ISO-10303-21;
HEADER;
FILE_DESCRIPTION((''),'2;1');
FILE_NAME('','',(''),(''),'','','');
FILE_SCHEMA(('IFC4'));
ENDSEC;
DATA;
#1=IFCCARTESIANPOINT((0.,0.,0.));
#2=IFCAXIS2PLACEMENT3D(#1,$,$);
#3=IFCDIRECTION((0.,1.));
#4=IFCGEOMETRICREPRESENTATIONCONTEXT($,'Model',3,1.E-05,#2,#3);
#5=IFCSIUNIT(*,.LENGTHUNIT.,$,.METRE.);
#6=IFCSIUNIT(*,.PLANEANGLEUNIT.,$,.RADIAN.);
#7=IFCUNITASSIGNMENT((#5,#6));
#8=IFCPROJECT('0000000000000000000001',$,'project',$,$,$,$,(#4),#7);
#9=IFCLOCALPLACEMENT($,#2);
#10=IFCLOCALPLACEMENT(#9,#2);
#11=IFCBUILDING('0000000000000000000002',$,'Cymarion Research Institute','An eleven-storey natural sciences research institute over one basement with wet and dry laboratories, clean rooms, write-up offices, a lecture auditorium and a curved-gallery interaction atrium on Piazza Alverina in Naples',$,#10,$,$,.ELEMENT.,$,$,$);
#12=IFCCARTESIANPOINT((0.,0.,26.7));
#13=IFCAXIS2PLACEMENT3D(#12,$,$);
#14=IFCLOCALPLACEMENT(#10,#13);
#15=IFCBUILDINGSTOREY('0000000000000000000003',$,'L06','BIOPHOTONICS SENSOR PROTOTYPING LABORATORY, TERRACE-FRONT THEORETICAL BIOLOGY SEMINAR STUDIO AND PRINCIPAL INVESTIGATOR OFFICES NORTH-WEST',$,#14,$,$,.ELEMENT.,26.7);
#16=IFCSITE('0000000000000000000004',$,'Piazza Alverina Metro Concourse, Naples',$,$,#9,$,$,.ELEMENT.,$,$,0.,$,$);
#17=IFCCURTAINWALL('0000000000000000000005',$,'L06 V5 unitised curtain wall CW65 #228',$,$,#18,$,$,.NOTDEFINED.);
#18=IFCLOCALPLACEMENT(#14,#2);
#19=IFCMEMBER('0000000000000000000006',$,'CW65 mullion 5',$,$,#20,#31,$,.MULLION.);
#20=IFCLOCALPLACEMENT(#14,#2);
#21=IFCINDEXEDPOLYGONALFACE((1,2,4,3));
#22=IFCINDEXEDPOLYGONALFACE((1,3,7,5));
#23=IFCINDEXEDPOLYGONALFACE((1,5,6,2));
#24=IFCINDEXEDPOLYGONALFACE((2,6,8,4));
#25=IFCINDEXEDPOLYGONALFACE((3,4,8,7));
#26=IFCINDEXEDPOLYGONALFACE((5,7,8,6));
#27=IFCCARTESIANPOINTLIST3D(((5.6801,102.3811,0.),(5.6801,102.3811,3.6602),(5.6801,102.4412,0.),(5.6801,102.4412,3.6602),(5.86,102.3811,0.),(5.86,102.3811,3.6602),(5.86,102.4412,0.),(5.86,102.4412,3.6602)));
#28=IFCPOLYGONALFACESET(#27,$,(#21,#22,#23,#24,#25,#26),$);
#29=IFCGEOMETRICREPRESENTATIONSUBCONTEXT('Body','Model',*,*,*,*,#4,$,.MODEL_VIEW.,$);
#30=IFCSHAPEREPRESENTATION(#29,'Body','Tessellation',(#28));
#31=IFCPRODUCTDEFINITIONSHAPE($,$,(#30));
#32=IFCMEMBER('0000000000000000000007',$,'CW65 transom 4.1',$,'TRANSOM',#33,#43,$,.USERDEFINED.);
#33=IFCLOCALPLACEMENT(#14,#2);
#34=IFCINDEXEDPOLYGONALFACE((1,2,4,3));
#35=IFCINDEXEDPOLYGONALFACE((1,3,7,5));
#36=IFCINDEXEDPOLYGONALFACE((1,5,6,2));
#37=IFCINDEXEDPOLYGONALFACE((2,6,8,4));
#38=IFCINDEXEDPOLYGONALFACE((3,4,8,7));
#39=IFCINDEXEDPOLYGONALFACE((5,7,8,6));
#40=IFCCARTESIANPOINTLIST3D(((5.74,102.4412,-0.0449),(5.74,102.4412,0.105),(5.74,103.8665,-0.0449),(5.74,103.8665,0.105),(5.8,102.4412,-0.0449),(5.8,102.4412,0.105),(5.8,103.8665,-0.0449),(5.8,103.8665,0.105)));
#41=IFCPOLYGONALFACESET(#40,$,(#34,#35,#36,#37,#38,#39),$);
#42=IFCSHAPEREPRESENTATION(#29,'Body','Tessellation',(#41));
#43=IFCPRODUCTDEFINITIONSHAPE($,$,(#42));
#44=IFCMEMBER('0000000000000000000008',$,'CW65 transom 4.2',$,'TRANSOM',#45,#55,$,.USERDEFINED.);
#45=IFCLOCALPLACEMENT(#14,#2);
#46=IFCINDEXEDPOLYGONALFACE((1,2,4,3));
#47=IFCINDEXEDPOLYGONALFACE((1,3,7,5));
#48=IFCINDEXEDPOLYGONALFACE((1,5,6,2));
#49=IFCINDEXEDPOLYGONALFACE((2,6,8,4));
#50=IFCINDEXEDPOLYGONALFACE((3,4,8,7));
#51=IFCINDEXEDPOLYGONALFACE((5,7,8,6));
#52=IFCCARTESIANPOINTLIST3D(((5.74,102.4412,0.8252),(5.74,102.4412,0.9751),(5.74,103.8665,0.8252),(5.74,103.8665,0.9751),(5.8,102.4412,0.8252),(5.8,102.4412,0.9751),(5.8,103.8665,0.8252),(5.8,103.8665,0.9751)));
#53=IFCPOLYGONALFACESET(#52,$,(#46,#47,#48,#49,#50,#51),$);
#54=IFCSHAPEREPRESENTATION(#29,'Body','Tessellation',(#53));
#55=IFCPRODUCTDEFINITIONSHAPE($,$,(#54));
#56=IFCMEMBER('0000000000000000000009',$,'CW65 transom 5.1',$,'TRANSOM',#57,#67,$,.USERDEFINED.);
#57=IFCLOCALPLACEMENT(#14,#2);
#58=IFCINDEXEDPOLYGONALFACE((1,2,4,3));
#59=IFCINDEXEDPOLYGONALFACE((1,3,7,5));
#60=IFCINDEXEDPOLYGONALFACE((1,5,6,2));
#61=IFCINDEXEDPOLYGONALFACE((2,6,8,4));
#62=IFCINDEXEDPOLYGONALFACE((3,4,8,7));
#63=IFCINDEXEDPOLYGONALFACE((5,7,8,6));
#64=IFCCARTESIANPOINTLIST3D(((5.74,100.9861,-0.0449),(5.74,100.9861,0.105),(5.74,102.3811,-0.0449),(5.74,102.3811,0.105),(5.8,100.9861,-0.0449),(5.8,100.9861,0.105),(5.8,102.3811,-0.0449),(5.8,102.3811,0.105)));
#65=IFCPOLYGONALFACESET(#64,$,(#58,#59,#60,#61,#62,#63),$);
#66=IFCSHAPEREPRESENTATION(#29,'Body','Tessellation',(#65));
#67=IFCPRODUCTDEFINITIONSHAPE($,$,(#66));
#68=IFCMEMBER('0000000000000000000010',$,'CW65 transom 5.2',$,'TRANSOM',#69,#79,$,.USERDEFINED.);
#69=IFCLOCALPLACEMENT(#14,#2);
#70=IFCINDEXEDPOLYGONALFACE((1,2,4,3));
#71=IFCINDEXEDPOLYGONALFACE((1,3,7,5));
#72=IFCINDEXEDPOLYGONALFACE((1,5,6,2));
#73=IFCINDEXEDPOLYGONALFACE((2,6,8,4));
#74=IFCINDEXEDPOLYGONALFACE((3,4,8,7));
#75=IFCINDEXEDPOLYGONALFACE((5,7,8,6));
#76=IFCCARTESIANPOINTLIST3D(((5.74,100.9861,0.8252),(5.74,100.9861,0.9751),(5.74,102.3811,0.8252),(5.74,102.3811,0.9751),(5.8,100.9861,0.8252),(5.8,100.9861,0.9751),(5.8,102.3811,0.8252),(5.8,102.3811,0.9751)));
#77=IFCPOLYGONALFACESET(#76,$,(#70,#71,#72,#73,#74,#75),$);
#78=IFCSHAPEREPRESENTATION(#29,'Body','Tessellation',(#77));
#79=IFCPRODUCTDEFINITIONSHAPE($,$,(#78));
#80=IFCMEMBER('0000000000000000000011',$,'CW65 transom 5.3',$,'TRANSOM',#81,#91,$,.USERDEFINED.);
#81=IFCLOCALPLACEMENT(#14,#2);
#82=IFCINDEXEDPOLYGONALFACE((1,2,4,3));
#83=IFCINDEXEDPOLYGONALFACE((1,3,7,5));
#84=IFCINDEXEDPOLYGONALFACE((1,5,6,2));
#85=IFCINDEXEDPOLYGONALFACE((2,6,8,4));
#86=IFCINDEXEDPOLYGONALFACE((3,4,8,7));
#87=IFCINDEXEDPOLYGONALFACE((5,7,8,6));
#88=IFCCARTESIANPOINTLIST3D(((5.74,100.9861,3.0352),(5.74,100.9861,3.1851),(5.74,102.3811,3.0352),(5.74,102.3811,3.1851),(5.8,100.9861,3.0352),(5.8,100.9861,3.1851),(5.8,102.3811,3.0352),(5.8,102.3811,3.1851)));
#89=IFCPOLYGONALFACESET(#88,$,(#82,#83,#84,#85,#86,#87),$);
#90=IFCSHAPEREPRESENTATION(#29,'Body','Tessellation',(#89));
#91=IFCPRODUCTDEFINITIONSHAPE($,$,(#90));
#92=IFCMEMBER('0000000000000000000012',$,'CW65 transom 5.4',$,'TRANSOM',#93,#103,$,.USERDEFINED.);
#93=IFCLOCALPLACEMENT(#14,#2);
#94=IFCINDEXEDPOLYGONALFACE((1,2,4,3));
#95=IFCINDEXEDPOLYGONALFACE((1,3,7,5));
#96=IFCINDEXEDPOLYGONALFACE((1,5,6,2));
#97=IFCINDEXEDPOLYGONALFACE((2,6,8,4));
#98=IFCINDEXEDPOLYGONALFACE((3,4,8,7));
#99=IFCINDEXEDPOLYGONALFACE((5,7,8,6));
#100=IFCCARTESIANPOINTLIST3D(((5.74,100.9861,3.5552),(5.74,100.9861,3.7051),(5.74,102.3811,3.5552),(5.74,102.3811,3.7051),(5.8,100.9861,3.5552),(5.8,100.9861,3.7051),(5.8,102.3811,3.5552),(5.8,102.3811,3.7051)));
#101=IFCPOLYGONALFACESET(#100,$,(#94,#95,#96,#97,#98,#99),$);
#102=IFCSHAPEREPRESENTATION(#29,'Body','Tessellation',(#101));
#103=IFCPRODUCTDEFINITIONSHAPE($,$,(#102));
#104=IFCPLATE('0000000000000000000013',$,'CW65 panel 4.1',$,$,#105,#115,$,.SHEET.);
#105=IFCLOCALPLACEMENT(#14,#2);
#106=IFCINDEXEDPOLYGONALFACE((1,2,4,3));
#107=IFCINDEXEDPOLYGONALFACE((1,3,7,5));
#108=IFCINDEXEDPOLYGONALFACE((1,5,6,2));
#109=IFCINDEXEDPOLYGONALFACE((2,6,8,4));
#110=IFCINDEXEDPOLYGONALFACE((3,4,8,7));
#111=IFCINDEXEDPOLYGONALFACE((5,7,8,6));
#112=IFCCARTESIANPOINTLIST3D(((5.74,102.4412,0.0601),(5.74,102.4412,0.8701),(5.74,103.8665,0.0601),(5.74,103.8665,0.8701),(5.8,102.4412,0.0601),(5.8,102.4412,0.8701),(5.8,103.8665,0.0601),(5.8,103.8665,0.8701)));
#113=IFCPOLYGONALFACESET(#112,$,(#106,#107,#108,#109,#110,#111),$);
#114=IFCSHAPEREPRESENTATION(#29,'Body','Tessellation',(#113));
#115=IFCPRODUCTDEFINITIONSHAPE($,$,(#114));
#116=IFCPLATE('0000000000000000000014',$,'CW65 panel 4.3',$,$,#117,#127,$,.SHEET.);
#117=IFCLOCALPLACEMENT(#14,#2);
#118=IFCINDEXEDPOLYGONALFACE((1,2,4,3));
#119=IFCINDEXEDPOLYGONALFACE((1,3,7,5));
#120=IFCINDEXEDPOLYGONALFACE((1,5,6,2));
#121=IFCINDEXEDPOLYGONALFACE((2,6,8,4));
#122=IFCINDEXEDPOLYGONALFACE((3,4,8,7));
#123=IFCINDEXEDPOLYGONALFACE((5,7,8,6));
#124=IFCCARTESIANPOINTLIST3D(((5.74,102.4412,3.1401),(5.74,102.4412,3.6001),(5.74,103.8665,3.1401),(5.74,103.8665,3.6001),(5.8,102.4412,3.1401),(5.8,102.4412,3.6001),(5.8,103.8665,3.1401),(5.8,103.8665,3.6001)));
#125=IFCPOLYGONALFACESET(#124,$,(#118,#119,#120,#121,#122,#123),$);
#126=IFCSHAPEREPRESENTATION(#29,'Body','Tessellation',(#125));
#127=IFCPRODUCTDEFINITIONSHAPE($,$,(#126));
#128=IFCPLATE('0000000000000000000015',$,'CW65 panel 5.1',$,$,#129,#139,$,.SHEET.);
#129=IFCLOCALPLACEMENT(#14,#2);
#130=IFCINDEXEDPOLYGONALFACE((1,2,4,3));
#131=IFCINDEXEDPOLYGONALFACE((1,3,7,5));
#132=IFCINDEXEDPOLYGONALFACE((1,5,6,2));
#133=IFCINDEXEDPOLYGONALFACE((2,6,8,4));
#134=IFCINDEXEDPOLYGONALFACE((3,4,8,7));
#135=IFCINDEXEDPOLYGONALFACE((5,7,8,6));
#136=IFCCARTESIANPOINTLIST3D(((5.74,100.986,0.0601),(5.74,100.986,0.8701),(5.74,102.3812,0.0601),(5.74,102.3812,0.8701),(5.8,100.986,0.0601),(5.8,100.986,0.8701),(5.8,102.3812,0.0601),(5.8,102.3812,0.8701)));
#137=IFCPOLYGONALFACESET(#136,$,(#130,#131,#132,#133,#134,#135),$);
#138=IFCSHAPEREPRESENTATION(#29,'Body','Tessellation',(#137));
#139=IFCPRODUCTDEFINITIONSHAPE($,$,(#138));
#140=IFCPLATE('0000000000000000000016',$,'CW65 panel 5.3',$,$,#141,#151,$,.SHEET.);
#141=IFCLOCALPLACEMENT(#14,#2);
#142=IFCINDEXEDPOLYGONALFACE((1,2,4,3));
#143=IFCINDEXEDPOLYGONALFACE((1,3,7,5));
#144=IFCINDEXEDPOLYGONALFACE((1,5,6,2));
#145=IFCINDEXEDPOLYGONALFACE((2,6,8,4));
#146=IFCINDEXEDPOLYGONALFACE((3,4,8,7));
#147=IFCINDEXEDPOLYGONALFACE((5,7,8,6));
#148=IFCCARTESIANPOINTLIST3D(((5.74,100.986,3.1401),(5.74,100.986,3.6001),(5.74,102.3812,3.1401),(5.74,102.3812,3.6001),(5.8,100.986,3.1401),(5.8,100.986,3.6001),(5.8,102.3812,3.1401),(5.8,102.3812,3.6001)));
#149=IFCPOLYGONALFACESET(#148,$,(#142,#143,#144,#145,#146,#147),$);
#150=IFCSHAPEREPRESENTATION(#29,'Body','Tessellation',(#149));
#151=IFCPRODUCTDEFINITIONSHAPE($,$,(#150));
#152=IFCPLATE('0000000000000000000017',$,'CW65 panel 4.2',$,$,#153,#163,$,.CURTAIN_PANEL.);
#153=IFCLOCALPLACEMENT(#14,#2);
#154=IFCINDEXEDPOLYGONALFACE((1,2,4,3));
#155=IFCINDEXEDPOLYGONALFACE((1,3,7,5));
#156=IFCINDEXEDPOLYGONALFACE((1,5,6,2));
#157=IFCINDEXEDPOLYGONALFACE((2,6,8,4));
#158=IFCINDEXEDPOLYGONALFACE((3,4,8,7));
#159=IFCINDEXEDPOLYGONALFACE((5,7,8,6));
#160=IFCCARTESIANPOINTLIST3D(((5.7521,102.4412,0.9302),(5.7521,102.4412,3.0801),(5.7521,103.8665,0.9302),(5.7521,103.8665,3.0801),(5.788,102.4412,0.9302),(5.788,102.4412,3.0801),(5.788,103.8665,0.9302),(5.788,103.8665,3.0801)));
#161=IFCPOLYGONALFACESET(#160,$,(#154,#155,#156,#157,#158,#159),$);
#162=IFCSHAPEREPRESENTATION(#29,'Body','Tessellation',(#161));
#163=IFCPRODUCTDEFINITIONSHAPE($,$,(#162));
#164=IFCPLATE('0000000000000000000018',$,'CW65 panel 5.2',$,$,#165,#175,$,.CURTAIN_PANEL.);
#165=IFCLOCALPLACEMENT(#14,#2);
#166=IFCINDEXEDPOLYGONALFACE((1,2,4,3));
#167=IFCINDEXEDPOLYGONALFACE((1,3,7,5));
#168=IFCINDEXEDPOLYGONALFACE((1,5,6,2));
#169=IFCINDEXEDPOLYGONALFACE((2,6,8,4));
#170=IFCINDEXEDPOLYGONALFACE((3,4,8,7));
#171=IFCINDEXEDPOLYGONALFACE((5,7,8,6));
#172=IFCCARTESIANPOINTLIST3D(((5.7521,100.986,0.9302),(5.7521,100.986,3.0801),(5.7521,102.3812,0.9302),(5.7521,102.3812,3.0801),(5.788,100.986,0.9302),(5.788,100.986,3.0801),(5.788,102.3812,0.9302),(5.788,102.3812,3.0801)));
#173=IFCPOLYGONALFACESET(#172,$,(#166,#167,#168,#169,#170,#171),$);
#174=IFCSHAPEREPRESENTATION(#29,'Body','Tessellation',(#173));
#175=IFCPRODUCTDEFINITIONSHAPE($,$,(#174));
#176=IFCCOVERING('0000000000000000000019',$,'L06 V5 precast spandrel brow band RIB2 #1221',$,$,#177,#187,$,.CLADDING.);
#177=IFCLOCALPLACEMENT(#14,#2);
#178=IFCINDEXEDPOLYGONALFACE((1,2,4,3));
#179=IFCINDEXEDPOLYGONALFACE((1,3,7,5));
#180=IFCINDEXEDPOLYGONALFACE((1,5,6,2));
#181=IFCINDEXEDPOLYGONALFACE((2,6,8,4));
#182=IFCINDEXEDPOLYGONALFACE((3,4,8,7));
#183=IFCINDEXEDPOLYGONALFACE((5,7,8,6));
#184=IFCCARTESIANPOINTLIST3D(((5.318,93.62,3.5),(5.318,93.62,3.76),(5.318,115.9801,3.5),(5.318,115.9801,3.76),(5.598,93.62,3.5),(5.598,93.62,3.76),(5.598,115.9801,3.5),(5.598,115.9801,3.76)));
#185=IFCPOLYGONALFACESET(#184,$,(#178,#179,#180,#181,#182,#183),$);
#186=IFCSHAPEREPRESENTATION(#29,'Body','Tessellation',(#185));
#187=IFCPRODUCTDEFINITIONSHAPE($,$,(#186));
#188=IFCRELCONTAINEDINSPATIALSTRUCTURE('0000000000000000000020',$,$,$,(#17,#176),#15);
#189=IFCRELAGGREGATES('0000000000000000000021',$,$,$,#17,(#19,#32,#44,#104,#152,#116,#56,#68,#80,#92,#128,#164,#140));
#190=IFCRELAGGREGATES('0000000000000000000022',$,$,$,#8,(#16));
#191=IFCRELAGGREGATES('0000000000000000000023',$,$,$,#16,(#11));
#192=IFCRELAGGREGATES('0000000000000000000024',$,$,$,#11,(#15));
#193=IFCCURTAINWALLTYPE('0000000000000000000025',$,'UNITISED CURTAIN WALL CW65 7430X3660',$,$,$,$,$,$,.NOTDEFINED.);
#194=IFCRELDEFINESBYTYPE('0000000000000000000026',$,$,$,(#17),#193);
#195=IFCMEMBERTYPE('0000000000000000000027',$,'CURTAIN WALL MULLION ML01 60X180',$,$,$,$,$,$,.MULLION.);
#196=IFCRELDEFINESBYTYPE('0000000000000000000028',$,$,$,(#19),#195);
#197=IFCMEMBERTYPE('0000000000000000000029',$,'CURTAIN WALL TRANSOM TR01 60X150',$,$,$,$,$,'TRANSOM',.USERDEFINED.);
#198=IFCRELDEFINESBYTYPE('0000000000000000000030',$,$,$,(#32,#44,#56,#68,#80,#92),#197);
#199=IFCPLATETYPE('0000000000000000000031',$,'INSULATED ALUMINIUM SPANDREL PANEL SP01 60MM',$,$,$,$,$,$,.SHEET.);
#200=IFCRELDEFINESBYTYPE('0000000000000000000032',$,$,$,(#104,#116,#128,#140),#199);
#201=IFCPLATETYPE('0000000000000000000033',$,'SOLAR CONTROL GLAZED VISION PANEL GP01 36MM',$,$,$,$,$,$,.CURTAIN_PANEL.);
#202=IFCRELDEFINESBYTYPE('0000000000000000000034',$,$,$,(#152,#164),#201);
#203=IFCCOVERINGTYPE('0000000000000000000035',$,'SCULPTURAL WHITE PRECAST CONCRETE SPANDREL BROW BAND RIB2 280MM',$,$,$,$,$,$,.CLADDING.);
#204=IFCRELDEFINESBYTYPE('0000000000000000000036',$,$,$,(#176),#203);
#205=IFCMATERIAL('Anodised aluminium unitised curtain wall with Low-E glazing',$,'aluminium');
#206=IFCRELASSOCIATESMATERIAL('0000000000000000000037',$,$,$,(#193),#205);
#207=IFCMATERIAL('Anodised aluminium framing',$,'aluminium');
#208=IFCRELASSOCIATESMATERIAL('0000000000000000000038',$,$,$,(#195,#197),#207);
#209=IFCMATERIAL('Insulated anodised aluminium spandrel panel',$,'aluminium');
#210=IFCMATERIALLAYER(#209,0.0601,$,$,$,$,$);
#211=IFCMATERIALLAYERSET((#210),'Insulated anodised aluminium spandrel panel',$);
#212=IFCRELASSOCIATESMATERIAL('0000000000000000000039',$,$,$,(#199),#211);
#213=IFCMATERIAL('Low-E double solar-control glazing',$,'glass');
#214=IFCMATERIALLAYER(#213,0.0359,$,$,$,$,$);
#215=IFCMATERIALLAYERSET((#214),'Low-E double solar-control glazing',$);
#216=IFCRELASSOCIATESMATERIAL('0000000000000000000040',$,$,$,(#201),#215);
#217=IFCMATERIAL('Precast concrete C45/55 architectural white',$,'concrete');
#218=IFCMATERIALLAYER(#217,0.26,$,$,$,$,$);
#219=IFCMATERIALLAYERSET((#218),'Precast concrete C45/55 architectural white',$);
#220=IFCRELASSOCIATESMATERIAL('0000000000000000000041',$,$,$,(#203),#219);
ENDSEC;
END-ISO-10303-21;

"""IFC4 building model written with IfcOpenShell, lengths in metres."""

from ifc_helpers import new_model, si_unit, direction, frame, origin, origin_2d, place, context, subcontext, project, spatial, rectangle, extrude, material, layer, layer_set, material_profile, profile_set, type_object, element, aggregate, save


model = new_model("IFC4")

# Units and contexts
model_context = context("Model", 3, precision=1e-05, world=origin(), true_north=direction((0.0, 1.0)))
body_context = subcontext(model_context, "Body", "Model", "MODEL_VIEW")
ifc_project = project(units=[si_unit("LENGTHUNIT", "METRE"), si_unit("PLANEANGLEUNIT", "RADIAN")], contexts=[model_context])

# Site, building, storey
site_placement = place(None, origin())
site = spatial("IfcSite", under=ifc_project, at=site_placement, Name="Piazza Alverina Metro Concourse, Naples", CompositionType="ELEMENT", RefElevation=0.0)
building_placement = place(site_placement, origin())
building = spatial("IfcBuilding", under=site, at=building_placement, Name="Cymarion Research Institute", Description="An eleven-storey natural sciences research institute over one basement with wet and dry laboratories, clean rooms, write-up offices, a lecture auditorium and a curved-gallery interaction atrium on Piazza Alverina in Naples", CompositionType="ELEMENT")
storey_placement = place(building_placement, frame((0.0, 0.0, 26.7)))
storey = spatial("IfcBuildingStorey", under=building, at=storey_placement, Name="L06", Description="BIOPHOTONICS SENSOR PROTOTYPING LABORATORY, TERRACE-FRONT THEORETICAL BIOLOGY SEMINAR STUDIO AND PRINCIPAL INVESTIGATOR OFFICES NORTH-WEST", CompositionType="ELEMENT", Elevation=26.7)

# Curtain wall, members, plates
ifc_material_1 = material(Name="Anodised aluminium unitised curtain wall with Low-E glazing", Category="aluminium")
curtain_wall_type = type_object("IfcCurtainWallType", Name="UNITISED CURTAIN WALL CW65 7430X3660", PredefinedType="NOTDEFINED", material=ifc_material_1)
curtain_wall_placement = place(storey_placement, origin())
curtain_wall = element("IfcCurtainWall", 1, at=curtain_wall_placement, inside=storey, type_object=curtain_wall_type, Name="L06 V5 unitised curtain wall CW65 #228", PredefinedType="NOTDEFINED")
ifc_material_2 = material(Name="Anodised aluminium framing", Category="aluminium")
ifc_material_profile_1 = material_profile(ifc_material_2, rectangle(XDim=0.0601, YDim=0.1799, at=origin_2d()), Name="ALU MULLION 60x180")
ifc_profile_set_1 = profile_set([ifc_material_profile_1], Name="Anodised aluminium framing")
member_type_1 = type_object("IfcMemberType", Name="CURTAIN WALL MULLION ML01 60X180", PredefinedType="MULLION", material=ifc_profile_set_1)
member_1_placement = place(storey_placement, frame((5.77, 102.4111, 0.0), z_axis=(0.0, 0.0, 1.0), x_axis=(0.0, -1.0, 0.0)))
member_1 = element("IfcMember", 2, at=member_1_placement, type_object=member_type_1, Name="CW65 mullion 5", PredefinedType="MULLION", context=body_context, shape_type="SweptSolid", body=[
    extrude(rectangle(XDim=0.0601, YDim=0.1799, at=origin_2d()), origin(), (0.0, 0.0, 1.0), 3.6602),
])
ifc_material_profile_2 = material_profile(ifc_material_2, rectangle(XDim=0.0601, YDim=0.1499, at=origin_2d()), Name="ALU TRANSOM 60x150")
ifc_profile_set_2 = profile_set([ifc_material_profile_2], Name="Anodised aluminium framing")
member_type_2 = type_object("IfcMemberType", Name="CURTAIN WALL TRANSOM TR01 60X150", ElementType="TRANSOM", PredefinedType="USERDEFINED", material=ifc_profile_set_2)
member_2_placement = place(storey_placement, frame((5.77, 103.8665, 0.03), z_axis=(0.0, -1.0, 0.0), x_axis=(1.0, 0.0, 0.0)))
member_2 = element("IfcMember", 3, at=member_2_placement, type_object=member_type_2, Name="CW65 transom 4.1", ObjectType="TRANSOM", PredefinedType="USERDEFINED", context=body_context, shape_type="SweptSolid", body=[
    extrude(rectangle(XDim=0.0601, YDim=0.1499, at=origin_2d()), origin(), (0.0, 0.0, 1.0), 1.4253),
])
member_3_placement = place(storey_placement, frame((5.77, 103.8665, 0.9001), z_axis=(0.0, -1.0, 0.0), x_axis=(1.0, 0.0, 0.0)))
member_3 = element("IfcMember", 4, at=member_3_placement, type_object=member_type_2, Name="CW65 transom 4.2", ObjectType="TRANSOM", PredefinedType="USERDEFINED", context=body_context, shape_type="SweptSolid", body=[
    extrude(rectangle(XDim=0.0601, YDim=0.1499, at=origin_2d()), origin(), (0.0, 0.0, 1.0), 1.4253),
])
member_4_placement = place(storey_placement, frame((5.77, 102.3811, 0.03), z_axis=(0.0, -1.0, 0.0), x_axis=(1.0, 0.0, 0.0)))
member_4 = element("IfcMember", 5, at=member_4_placement, type_object=member_type_2, Name="CW65 transom 5.1", ObjectType="TRANSOM", PredefinedType="USERDEFINED", context=body_context, shape_type="SweptSolid", body=[
    extrude(rectangle(XDim=0.0601, YDim=0.1499, at=origin_2d()), origin(), (0.0, 0.0, 1.0), 1.395),
])
member_5_placement = place(storey_placement, frame((5.77, 102.3811, 0.9001), z_axis=(0.0, -1.0, 0.0), x_axis=(1.0, 0.0, 0.0)))
member_5 = element("IfcMember", 6, at=member_5_placement, type_object=member_type_2, Name="CW65 transom 5.2", ObjectType="TRANSOM", PredefinedType="USERDEFINED", context=body_context, shape_type="SweptSolid", body=[
    extrude(rectangle(XDim=0.0601, YDim=0.1499, at=origin_2d()), origin(), (0.0, 0.0, 1.0), 1.395),
])
member_6_placement = place(storey_placement, frame((5.77, 102.3811, 3.1101), z_axis=(0.0, -1.0, 0.0), x_axis=(1.0, 0.0, 0.0)))
member_6 = element("IfcMember", 7, at=member_6_placement, type_object=member_type_2, Name="CW65 transom 5.3", ObjectType="TRANSOM", PredefinedType="USERDEFINED", context=body_context, shape_type="SweptSolid", body=[
    extrude(rectangle(XDim=0.0601, YDim=0.1499, at=origin_2d()), origin(), (0.0, 0.0, 1.0), 1.395),
])
member_7_placement = place(storey_placement, frame((5.77, 102.3811, 3.6301), z_axis=(0.0, -1.0, 0.0), x_axis=(1.0, 0.0, 0.0)))
member_7 = element("IfcMember", 8, at=member_7_placement, type_object=member_type_2, Name="CW65 transom 5.4", ObjectType="TRANSOM", PredefinedType="USERDEFINED", context=body_context, shape_type="SweptSolid", body=[
    extrude(rectangle(XDim=0.0601, YDim=0.1499, at=origin_2d()), origin(), (0.0, 0.0, 1.0), 1.395),
])
ifc_material_3 = material(Name="Insulated anodised aluminium spandrel panel", Category="aluminium")
ifc_layer_1 = layer(ifc_material_3, 0.0601)
ifc_layer_set_1 = layer_set([ifc_layer_1], Name="Insulated anodised aluminium spandrel panel")
plate_type_1 = type_object("IfcPlateType", Name="INSULATED ALUMINIUM SPANDREL PANEL SP01 60MM", PredefinedType="SHEET", material=ifc_layer_set_1)
plate_1_placement = place(storey_placement, frame((5.77, 103.1538, 0.0601), z_axis=(0.0, 0.0, 1.0), x_axis=(0.0, -1.0, 0.0)))
plate_1 = element("IfcPlate", 9, at=plate_1_placement, type_object=plate_type_1, Name="CW65 panel 4.1", PredefinedType="SHEET", context=body_context, shape_type="SweptSolid", body=[
    extrude(rectangle(XDim=1.4253, YDim=0.0601, at=origin_2d()), origin(), (0.0, 0.0, 1.0), 0.8101),
])
plate_2_placement = place(storey_placement, frame((5.77, 103.1538, 3.1401), z_axis=(0.0, 0.0, 1.0), x_axis=(0.0, -1.0, 0.0)))
plate_2 = element("IfcPlate", 10, at=plate_2_placement, type_object=plate_type_1, Name="CW65 panel 4.3", PredefinedType="SHEET", context=body_context, shape_type="SweptSolid", body=[
    extrude(rectangle(XDim=1.4253, YDim=0.0601, at=origin_2d()), origin(), (0.0, 0.0, 1.0), 0.46),
])
plate_3_placement = place(storey_placement, frame((5.77, 101.6836, 0.0601), z_axis=(0.0, 0.0, 1.0), x_axis=(0.0, -1.0, 0.0)))
plate_3 = element("IfcPlate", 11, at=plate_3_placement, type_object=plate_type_1, Name="CW65 panel 5.1", PredefinedType="SHEET", context=body_context, shape_type="SweptSolid", body=[
    extrude(rectangle(XDim=1.3953, YDim=0.0601, at=origin_2d()), origin(), (0.0, 0.0, 1.0), 0.8101),
])
plate_4_placement = place(storey_placement, frame((5.77, 101.6836, 3.1401), z_axis=(0.0, 0.0, 1.0), x_axis=(0.0, -1.0, 0.0)))
plate_4 = element("IfcPlate", 12, at=plate_4_placement, type_object=plate_type_1, Name="CW65 panel 5.3", PredefinedType="SHEET", context=body_context, shape_type="SweptSolid", body=[
    extrude(rectangle(XDim=1.3953, YDim=0.0601, at=origin_2d()), origin(), (0.0, 0.0, 1.0), 0.46),
])
ifc_material_4 = material(Name="Low-E double solar-control glazing", Category="glass")
ifc_layer_2 = layer(ifc_material_4, 0.0359)
ifc_layer_set_2 = layer_set([ifc_layer_2], Name="Low-E double solar-control glazing")
plate_type_2 = type_object("IfcPlateType", Name="SOLAR CONTROL GLAZED VISION PANEL GP01 36MM", PredefinedType="CURTAIN_PANEL", material=ifc_layer_set_2)
plate_5_placement = place(storey_placement, frame((5.77, 103.1538, 0.9302), z_axis=(0.0, 0.0, 1.0), x_axis=(0.0, -1.0, 0.0)))
plate_5 = element("IfcPlate", 13, at=plate_5_placement, type_object=plate_type_2, Name="CW65 panel 4.2", PredefinedType="CURTAIN_PANEL", context=body_context, shape_type="SweptSolid", body=[
    extrude(rectangle(XDim=1.4253, YDim=0.0359, at=origin_2d()), origin(), (0.0, 0.0, 1.0), 2.1499),
])
plate_6_placement = place(storey_placement, frame((5.77, 101.6836, 0.9302), z_axis=(0.0, 0.0, 1.0), x_axis=(0.0, -1.0, 0.0)))
plate_6 = element("IfcPlate", 14, at=plate_6_placement, type_object=plate_type_2, Name="CW65 panel 5.2", PredefinedType="CURTAIN_PANEL", context=body_context, shape_type="SweptSolid", body=[
    extrude(rectangle(XDim=1.3953, YDim=0.0359, at=origin_2d()), origin(), (0.0, 0.0, 1.0), 2.1499),
])
aggregate(curtain_wall, [member_1, member_2, member_3, plate_1, plate_5, plate_2, member_4, member_5, member_6, member_7, plate_3, plate_6, plate_4])

# Covering
ifc_material_5 = material(Name="Precast concrete C45/55 architectural white", Category="concrete")
ifc_layer_3 = layer(ifc_material_5, 0.26)
ifc_layer_set_3 = layer_set([ifc_layer_3], Name="Precast concrete C45/55 architectural white")
covering_type_1 = type_object("IfcCoveringType", Name="SCULPTURAL WHITE PRECAST CONCRETE SPANDREL BROW BAND RIB2 280MM", PredefinedType="CLADDING", material=ifc_layer_set_3)
covering_placement = place(storey_placement, frame((5.458, 104.8, 3.5), z_axis=(0.0, 0.0, 1.0), x_axis=(-1.0, 0.0, 0.0)))
element("IfcCovering", 15, at=covering_placement, inside=storey, type_object=covering_type_1, Name="L06 V5 precast spandrel brow band RIB2 #1221", PredefinedType="CLADDING", context=body_context, shape_type="SweptSolid", body=[
    extrude(rectangle(XDim=0.28, YDim=22.3601, at=origin_2d()), origin(), (0.0, 0.0, 1.0), 0.26),
])

save(model, "model.ifc")
